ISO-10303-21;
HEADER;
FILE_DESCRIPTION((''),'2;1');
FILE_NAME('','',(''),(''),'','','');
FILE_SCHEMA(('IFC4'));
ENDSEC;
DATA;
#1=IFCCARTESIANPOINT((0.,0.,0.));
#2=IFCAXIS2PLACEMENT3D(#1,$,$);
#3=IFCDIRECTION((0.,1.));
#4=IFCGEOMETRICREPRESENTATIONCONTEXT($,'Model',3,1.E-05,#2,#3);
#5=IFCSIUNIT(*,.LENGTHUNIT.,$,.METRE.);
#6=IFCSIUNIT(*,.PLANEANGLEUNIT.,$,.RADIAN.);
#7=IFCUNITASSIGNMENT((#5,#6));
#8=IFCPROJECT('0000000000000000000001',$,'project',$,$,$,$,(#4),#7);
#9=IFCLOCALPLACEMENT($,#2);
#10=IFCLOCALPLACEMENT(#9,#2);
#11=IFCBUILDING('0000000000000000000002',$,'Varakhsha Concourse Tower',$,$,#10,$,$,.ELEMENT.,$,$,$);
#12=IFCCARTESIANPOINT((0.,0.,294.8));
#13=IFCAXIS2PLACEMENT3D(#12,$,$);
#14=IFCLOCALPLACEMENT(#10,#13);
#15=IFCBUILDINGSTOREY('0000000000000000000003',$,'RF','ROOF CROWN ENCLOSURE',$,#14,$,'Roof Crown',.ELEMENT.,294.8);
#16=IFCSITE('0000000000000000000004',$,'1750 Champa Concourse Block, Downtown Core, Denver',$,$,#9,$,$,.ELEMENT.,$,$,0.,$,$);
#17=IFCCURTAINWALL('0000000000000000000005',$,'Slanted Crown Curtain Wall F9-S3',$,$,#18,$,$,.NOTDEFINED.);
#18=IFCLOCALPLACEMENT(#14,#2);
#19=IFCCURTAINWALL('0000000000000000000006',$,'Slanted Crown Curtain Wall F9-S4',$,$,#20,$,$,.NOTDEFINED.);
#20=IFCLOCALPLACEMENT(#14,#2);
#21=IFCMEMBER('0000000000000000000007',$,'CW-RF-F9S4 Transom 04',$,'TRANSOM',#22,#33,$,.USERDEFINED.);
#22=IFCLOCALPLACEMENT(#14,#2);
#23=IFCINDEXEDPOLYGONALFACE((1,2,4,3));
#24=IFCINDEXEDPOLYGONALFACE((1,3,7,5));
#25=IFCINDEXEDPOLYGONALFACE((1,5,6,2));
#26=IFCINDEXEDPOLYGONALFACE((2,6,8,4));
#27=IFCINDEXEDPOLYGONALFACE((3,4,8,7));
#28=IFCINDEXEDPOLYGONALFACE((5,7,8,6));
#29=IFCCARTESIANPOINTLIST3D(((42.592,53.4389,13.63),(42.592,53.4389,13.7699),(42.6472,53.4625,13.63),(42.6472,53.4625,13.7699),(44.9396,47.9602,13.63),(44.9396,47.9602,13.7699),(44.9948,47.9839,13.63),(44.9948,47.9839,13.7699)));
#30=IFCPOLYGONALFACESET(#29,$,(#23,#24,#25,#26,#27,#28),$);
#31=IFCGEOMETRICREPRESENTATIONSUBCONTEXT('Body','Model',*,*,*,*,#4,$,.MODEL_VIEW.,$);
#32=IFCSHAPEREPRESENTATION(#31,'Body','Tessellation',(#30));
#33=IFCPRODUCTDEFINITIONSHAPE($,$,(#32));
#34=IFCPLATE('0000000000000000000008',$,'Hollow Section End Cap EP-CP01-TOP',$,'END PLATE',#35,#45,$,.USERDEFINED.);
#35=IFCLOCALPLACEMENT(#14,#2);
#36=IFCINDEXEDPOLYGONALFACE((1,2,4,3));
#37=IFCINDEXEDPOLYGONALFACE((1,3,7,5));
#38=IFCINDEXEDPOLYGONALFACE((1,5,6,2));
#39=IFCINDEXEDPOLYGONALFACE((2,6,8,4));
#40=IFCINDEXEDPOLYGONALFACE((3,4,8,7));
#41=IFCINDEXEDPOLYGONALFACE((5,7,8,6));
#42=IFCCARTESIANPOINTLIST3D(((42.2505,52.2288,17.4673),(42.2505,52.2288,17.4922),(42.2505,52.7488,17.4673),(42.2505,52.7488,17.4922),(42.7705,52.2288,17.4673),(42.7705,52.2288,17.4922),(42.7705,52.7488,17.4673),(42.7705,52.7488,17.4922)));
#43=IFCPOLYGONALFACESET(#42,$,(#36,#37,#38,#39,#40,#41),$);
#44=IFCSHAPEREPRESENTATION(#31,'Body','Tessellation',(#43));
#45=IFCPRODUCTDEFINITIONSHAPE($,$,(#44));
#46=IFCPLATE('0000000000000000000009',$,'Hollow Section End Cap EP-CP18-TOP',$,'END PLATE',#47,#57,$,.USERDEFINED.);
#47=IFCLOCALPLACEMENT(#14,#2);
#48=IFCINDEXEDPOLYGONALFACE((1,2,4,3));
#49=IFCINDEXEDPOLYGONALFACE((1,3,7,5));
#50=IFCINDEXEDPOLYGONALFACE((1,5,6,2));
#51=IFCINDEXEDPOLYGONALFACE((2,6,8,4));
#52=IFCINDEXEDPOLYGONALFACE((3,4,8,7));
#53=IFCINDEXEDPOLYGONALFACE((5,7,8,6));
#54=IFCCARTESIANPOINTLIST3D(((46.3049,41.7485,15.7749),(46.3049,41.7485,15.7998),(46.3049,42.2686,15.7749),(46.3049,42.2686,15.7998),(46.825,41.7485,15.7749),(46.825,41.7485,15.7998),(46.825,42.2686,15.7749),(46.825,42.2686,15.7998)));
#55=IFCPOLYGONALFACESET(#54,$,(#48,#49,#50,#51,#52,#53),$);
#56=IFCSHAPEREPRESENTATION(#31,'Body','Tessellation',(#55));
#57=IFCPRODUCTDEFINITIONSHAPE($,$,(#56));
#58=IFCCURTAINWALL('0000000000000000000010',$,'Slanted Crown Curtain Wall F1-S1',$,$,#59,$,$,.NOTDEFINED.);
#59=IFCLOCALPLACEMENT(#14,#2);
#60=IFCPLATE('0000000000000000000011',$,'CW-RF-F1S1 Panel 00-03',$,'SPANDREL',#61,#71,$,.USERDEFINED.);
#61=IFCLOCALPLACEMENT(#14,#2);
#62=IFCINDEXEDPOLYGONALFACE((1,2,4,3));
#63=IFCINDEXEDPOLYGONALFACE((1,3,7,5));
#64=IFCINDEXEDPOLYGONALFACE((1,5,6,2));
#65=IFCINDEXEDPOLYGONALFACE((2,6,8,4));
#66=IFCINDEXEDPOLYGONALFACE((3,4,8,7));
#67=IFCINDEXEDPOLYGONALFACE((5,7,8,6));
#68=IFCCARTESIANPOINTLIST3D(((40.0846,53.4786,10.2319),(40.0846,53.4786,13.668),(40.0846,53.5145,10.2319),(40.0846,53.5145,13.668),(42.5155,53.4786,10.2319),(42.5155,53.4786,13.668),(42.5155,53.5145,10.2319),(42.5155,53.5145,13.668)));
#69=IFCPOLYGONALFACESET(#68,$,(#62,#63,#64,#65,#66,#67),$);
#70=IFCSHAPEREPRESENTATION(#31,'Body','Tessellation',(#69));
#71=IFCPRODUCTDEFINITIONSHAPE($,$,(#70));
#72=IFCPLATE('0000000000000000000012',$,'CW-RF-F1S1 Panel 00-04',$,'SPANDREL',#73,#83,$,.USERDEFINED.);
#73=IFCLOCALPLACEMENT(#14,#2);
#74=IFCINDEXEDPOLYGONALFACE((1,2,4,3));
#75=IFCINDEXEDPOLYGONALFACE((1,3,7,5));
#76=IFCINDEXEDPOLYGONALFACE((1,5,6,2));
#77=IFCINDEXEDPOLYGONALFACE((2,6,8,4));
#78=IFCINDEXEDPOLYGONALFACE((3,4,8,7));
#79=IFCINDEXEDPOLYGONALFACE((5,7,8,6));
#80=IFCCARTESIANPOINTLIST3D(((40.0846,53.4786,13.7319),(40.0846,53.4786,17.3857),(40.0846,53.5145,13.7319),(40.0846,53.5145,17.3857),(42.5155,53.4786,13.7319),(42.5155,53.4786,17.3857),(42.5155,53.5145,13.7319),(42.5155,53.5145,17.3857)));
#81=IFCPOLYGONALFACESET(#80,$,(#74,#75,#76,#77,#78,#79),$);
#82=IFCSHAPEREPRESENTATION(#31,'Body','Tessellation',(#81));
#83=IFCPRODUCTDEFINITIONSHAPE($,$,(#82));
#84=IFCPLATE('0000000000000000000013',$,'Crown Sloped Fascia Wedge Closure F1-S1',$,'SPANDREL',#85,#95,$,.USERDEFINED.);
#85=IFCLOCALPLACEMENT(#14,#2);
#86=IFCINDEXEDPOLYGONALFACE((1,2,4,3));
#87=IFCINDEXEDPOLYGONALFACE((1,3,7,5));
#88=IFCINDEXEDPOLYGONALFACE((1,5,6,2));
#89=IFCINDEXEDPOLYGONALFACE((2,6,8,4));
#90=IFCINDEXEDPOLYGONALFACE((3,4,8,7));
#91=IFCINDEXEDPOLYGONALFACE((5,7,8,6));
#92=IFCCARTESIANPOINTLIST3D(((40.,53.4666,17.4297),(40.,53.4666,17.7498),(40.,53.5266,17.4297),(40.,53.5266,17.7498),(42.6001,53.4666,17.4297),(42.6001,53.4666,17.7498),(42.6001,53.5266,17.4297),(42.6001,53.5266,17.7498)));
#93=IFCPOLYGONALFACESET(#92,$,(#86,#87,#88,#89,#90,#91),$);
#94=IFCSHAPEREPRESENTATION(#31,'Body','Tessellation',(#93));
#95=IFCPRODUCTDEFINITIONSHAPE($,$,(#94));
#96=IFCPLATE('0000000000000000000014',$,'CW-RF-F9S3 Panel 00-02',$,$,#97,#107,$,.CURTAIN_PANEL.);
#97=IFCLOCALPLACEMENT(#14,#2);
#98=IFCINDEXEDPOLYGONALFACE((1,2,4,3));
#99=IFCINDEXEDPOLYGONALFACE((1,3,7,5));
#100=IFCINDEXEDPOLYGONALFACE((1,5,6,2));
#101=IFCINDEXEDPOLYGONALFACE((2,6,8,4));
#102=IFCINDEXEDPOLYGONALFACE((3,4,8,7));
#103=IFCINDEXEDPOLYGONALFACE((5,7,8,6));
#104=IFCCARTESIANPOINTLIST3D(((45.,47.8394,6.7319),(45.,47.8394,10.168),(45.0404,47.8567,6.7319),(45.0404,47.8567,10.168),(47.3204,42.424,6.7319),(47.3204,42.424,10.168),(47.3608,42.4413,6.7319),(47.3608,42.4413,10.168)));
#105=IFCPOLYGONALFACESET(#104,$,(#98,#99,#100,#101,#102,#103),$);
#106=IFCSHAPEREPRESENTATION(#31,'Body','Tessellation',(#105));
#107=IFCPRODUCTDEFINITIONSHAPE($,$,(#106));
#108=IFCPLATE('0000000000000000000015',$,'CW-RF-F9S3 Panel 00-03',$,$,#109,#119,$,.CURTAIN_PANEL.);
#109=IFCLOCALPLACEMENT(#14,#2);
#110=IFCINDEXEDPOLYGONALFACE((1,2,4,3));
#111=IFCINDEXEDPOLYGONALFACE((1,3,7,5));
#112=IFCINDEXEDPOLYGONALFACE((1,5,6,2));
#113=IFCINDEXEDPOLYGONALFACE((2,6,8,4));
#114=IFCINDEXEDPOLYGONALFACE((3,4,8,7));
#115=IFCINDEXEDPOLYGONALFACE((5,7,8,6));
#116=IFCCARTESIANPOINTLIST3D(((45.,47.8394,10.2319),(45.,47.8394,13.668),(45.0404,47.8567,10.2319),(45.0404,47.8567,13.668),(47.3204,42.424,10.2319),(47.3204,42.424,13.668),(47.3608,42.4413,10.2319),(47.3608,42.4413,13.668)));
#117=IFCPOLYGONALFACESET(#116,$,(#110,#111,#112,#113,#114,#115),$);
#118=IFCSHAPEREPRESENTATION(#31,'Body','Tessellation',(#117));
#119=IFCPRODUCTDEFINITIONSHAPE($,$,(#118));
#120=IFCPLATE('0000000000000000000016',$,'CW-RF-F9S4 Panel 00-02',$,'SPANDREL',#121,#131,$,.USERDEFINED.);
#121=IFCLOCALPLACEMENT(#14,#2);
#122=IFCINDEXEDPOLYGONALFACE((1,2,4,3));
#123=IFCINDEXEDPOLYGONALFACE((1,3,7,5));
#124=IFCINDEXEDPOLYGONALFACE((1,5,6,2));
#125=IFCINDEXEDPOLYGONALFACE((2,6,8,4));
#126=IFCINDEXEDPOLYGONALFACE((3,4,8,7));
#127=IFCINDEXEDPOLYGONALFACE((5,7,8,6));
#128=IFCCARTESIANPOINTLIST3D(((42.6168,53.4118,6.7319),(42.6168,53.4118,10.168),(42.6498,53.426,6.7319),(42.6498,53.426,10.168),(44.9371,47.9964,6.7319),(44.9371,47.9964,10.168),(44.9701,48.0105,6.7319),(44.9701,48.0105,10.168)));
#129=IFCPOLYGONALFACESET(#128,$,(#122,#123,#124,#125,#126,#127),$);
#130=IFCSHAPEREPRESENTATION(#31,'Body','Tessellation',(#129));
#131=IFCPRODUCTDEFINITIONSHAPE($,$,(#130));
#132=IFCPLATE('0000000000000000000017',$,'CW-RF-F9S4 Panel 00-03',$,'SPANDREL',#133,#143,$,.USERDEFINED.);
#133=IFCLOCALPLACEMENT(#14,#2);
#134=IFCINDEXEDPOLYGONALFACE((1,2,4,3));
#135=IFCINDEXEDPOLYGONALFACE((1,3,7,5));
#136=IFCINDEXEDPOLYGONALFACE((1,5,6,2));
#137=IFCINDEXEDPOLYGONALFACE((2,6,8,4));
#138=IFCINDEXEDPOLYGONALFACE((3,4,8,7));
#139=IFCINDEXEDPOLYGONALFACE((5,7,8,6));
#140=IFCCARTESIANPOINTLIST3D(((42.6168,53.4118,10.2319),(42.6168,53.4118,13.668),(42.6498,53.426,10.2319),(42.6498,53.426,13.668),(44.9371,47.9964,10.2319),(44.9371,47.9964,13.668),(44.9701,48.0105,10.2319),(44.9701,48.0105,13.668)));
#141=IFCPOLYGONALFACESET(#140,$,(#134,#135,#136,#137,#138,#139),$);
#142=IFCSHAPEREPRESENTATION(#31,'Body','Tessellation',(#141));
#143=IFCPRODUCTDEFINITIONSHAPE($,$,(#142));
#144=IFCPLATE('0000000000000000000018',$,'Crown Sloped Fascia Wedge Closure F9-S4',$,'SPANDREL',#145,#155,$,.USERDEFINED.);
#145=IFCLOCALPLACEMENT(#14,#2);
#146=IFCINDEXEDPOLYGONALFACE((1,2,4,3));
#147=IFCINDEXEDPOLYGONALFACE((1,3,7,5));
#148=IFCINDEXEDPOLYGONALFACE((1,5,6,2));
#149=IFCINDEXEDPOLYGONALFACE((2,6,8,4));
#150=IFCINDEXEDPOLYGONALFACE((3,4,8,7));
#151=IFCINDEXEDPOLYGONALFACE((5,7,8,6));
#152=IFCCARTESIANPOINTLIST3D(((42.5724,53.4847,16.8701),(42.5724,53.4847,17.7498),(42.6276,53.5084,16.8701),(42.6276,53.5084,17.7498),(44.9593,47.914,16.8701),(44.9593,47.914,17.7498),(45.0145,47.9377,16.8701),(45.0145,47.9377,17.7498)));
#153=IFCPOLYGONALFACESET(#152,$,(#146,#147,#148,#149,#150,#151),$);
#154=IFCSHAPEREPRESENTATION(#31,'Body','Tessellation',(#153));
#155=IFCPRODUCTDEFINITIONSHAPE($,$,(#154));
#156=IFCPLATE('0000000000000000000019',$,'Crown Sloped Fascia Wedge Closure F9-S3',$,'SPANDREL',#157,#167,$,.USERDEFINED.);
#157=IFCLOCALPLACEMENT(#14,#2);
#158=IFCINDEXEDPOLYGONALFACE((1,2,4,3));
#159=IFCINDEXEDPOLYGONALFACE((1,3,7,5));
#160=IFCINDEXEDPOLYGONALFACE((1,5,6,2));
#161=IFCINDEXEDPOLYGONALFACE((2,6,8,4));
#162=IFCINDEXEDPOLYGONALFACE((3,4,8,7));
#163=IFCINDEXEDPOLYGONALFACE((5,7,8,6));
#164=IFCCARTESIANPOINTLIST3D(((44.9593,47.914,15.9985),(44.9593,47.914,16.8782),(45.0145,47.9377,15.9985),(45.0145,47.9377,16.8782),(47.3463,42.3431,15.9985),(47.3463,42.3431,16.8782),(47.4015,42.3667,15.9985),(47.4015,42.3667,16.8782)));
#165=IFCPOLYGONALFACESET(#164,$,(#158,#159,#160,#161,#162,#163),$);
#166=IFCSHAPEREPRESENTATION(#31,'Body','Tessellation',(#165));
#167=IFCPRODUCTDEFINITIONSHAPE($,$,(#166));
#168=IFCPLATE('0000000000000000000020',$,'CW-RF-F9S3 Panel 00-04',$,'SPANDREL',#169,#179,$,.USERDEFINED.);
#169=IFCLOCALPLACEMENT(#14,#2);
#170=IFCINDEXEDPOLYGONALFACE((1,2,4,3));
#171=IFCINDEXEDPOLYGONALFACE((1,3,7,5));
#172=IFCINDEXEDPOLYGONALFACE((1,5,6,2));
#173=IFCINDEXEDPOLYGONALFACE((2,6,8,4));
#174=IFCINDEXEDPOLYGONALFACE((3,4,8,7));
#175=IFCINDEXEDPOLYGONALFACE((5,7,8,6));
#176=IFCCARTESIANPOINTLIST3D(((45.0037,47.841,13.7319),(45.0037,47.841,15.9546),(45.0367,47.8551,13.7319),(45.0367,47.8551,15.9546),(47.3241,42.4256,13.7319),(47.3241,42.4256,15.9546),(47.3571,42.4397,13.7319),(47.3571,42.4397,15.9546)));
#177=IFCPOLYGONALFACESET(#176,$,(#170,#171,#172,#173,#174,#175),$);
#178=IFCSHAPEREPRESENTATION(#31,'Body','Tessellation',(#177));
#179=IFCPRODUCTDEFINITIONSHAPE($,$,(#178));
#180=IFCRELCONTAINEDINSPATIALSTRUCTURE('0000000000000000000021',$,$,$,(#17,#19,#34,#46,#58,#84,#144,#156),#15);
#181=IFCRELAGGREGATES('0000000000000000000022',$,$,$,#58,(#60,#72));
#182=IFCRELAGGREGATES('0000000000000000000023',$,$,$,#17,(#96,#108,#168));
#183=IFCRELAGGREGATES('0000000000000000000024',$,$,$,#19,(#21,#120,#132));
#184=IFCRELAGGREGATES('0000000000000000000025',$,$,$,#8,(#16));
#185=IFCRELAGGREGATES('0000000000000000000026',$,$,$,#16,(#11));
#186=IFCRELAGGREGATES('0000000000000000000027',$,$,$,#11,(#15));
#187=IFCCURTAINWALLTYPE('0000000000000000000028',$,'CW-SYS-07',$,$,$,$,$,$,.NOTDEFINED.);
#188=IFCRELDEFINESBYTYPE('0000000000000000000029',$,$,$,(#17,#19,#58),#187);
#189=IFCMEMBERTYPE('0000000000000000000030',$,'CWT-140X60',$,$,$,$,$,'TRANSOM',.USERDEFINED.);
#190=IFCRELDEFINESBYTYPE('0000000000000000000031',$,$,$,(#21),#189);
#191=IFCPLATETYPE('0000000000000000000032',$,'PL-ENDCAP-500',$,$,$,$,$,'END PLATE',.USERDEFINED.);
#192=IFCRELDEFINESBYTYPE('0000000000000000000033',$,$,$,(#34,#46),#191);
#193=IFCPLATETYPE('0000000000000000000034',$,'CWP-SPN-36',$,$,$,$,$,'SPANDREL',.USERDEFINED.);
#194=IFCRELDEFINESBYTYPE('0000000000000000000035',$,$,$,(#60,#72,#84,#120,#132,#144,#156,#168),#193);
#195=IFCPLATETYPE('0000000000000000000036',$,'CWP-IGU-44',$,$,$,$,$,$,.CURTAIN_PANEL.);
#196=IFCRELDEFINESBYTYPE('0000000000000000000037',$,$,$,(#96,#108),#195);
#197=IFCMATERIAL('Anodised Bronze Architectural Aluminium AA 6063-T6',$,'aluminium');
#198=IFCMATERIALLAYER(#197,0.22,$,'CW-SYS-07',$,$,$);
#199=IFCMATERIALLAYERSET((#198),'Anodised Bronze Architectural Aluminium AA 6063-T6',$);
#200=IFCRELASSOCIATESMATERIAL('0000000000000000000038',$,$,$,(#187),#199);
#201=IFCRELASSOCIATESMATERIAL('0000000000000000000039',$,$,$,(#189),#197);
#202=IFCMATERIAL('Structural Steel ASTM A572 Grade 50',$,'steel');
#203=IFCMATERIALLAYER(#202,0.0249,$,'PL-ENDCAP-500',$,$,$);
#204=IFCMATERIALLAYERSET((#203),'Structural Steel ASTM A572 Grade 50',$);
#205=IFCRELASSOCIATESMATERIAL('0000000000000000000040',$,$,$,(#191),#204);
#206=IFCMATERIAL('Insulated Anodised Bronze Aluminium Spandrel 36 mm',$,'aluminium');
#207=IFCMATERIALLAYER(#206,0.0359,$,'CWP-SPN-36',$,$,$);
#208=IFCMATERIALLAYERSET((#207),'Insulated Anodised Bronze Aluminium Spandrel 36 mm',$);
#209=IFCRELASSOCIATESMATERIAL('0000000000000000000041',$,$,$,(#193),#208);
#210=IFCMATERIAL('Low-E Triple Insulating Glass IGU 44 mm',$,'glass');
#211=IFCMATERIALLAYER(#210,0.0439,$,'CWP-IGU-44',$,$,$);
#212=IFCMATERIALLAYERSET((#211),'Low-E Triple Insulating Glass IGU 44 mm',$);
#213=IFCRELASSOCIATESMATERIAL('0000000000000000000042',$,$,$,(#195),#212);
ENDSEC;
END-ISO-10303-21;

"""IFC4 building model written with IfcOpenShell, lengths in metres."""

from ifc_helpers import new_model, si_unit, direction, frame, origin, origin_2d, place, context, subcontext, project, spatial, rectangle, extrude, source, transform, mapped, material, layer, layer_set, material_profile, profile_set, type_object, type_shapes, element, aggregate, save


model = new_model("IFC4")

# Units and contexts
model_context = context("Model", 3, precision=1e-05, world=origin(), true_north=direction((0.0, 1.0)))
body_context = subcontext(model_context, "Body", "Model", "MODEL_VIEW")
ifc_project = project(units=[si_unit("LENGTHUNIT", "METRE"), si_unit("PLANEANGLEUNIT", "RADIAN")], contexts=[model_context])

# Site, building, storey
site_placement = place(None, origin())
site = spatial("IfcSite", under=ifc_project, at=site_placement, Name="1750 Champa Concourse Block, Downtown Core, Denver", CompositionType="ELEMENT", RefElevation=0.0)
building_placement = place(site_placement, origin())
building = spatial("IfcBuilding", under=site, at=building_placement, Name="Varakhsha Concourse Tower", CompositionType="ELEMENT")
storey_placement = place(building_placement, frame((0.0, 0.0, 294.8)))
storey = spatial("IfcBuildingStorey", under=building, at=storey_placement, Name="RF", Description="ROOF CROWN ENCLOSURE", LongName="Roof Crown", CompositionType="ELEMENT", Elevation=294.8)

# Curtain walls, member
ifc_material_1 = material(Name="Anodised Bronze Architectural Aluminium AA 6063-T6", Category="aluminium")
ifc_layer_1 = layer(ifc_material_1, 0.22, Name="CW-SYS-07")
ifc_layer_set_1 = layer_set([ifc_layer_1], Name="Anodised Bronze Architectural Aluminium AA 6063-T6")
curtain_wall_type = type_object("IfcCurtainWallType", Name="CW-SYS-07", PredefinedType="NOTDEFINED", material=ifc_layer_set_1)
ifc_material_profile_1 = material_profile(ifc_material_1, rectangle(XDim=0.0601, YDim=0.1399, at=origin_2d()), Name="CWT-140X60")
ifc_profile_set_1 = profile_set([ifc_material_profile_1], Name="Anodised Bronze Architectural Aluminium AA 6063-T6")
member_type_1 = type_object("IfcMemberType", Name="CWT-140X60", ElementType="TRANSOM", PredefinedType="USERDEFINED", material=ifc_profile_set_1)
shared_shape_1 = source(origin(), body_context, "Body", "SweptSolid", [
    extrude(rectangle(XDim=0.0601, YDim=0.1399, at=origin_2d()), origin(), (0.0, 0.0, 1.0), 5.9604),
])
type_shapes(member_type_1, [shared_shape_1])
curtain_wall_1_placement = place(storey_placement, origin())
curtain_wall_1 = element("IfcCurtainWall", 1, at=curtain_wall_1_placement, inside=storey, type_object=curtain_wall_type, Name="Slanted Crown Curtain Wall F9-S3", PredefinedType="NOTDEFINED")
curtain_wall_2_placement = place(storey_placement, origin())
curtain_wall_2 = element("IfcCurtainWall", 2, at=curtain_wall_2_placement, inside=storey, type_object=curtain_wall_type, Name="Slanted Crown Curtain Wall F9-S4", PredefinedType="NOTDEFINED")
member_1_placement = place(storey_placement, frame((42.6196, 53.4507, 13.7), z_axis=(0.393865, -0.919168, 0.0), x_axis=(0.919168, 0.393865, 0.0)))
member_1 = element("IfcMember", 3, at=member_1_placement, type_object=member_type_1, Name="CW-RF-F9S4 Transom 04", ObjectType="TRANSOM", PredefinedType="USERDEFINED", context=body_context, shape_type="MappedRepresentation", body=[
    mapped(shared_shape_1, transform((0.0, 0.0, 0.0), scale=1.0)),
])

# Plates
ifc_material_2 = material(Name="Structural Steel ASTM A572 Grade 50", Category="steel")
ifc_layer_2 = layer(ifc_material_2, 0.0249, Name="PL-ENDCAP-500")
ifc_layer_set_2 = layer_set([ifc_layer_2], Name="Structural Steel ASTM A572 Grade 50")
plate_type_1 = type_object("IfcPlateType", Name="PL-ENDCAP-500", ElementType="END PLATE", PredefinedType="USERDEFINED", material=ifc_layer_set_2)
shared_shape_2 = source(origin(), body_context, "Body", "SweptSolid", [
    extrude(rectangle(XDim=0.52, YDim=0.52, at=origin_2d()), origin(), (0.0, 0.0, 1.0), 0.0249),
])
type_shapes(plate_type_1, [shared_shape_2])
for number, where, z_axis, x_axis, name in (
    (4, (42.5105, 52.4888, 17.4673), (0.0, 0.0, 1.0), (1.0, 0.0, 0.0), "Hollow Section End Cap EP-CP01-TOP"),
    (5, (46.5649, 42.0085, 15.7749), (0.0, 0.0, 1.0), (1.0, 0.0, 0.0), "Hollow Section End Cap EP-CP18-TOP"),
):
    element("IfcPlate", number, at=place(storey_placement, frame(where, z_axis=z_axis, x_axis=x_axis)), inside=storey, type_object=plate_type_1, Name=name, ObjectType="END PLATE", PredefinedType="USERDEFINED", context=body_context, shape_type="MappedRepresentation", body=[
        mapped(shared_shape_2, transform((0.0, 0.0, 0.0), scale=1.0)),
    ])

# Curtain wall, plates
curtain_wall_3_placement = place(storey_placement, origin())
curtain_wall_3 = element("IfcCurtainWall", 6, at=curtain_wall_3_placement, inside=storey, type_object=curtain_wall_type, Name="Slanted Crown Curtain Wall F1-S1", PredefinedType="NOTDEFINED")
ifc_material_3 = material(Name="Insulated Anodised Bronze Aluminium Spandrel 36 mm", Category="aluminium")
ifc_layer_3 = layer(ifc_material_3, 0.0359, Name="CWP-SPN-36")
ifc_layer_set_3 = layer_set([ifc_layer_3], Name="Insulated Anodised Bronze Aluminium Spandrel 36 mm")
plate_type_2 = type_object("IfcPlateType", Name="CWP-SPN-36", ElementType="SPANDREL", PredefinedType="USERDEFINED", material=ifc_layer_set_3)
shared_shape_3 = source(origin(), body_context, "Body", "SweptSolid", [
    extrude(rectangle(XDim=2.4309, YDim=0.0359, at=origin_2d()), origin(), (0.0, 0.0, 1.0), 3.436),
])
plate_1_placement = place(storey_placement, frame((41.3, 53.4966, 10.2319), z_axis=(0.0, 0.0, 1.0), x_axis=(1.0, 0.0, 0.0)))
plate_1 = element("IfcPlate", 7, at=plate_1_placement, type_object=plate_type_2, Name="CW-RF-F1S1 Panel 00-03", ObjectType="SPANDREL", PredefinedType="USERDEFINED", context=body_context, shape_type="MappedRepresentation", body=[
    mapped(shared_shape_3, transform((0.0, 0.0, 0.0), scale=1.0)),
])
shared_shape_4 = source(origin(), body_context, "Body", "SweptSolid", [
    extrude(rectangle(XDim=2.4309, YDim=0.0359, at=origin_2d()), origin(), (0.0, 0.0, 1.0), 3.6538),
])
plate_2_placement = place(storey_placement, frame((41.3, 53.4966, 13.7319), z_axis=(0.0, 0.0, 1.0), x_axis=(1.0, 0.0, 0.0)))
plate_2 = element("IfcPlate", 8, at=plate_2_placement, type_object=plate_type_2, Name="CW-RF-F1S1 Panel 00-04", ObjectType="SPANDREL", PredefinedType="USERDEFINED", context=body_context, shape_type="MappedRepresentation", body=[
    mapped(shared_shape_4, transform((0.0, 0.0, 0.0), scale=1.0)),
])
aggregate(curtain_wall_3, [plate_1, plate_2])

# Plates
shared_shape_5 = source(origin(), body_context, "Body", "SweptSolid", [
    extrude(rectangle(XDim=2.6001, YDim=0.0601, at=origin_2d()), origin(), (0.0, 0.0, 1.0), 0.3201),
])
plate_3_placement = place(storey_placement, frame((41.3, 53.4966, 17.4297), z_axis=(0.0, 0.0, 1.0), x_axis=(1.0, 0.0, 0.0)))
element("IfcPlate", 9, at=plate_3_placement, inside=storey, type_object=plate_type_2, Name="Crown Sloped Fascia Wedge Closure F1-S1", ObjectType="SPANDREL", PredefinedType="USERDEFINED", context=body_context, shape_type="MappedRepresentation", body=[
    mapped(shared_shape_5, transform((0.0, 0.0, 0.0), scale=1.0)),
])
ifc_material_4 = material(Name="Low-E Triple Insulating Glass IGU 44 mm", Category="glass")
ifc_layer_4 = layer(ifc_material_4, 0.0439, Name="CWP-IGU-44")
ifc_layer_set_4 = layer_set([ifc_layer_4], Name="Low-E Triple Insulating Glass IGU 44 mm")
plate_type_3 = type_object("IfcPlateType", Name="CWP-IGU-44", PredefinedType="CURTAIN_PANEL", material=ifc_layer_set_4)
shared_shape_6 = source(origin(), body_context, "Body", "SweptSolid", [
    extrude(rectangle(XDim=5.8916, YDim=0.0439, at=origin_2d()), origin(), (0.0, 0.0, 1.0), 3.436),
])
type_shapes(plate_type_3, [shared_shape_6])
plate_4_placement = place(storey_placement, frame((46.1804, 45.1404, 6.7319), z_axis=(0.0, 0.0, 1.0), x_axis=(0.393855, -0.919172, 0.0)))
plate_4 = element("IfcPlate", 10, at=plate_4_placement, type_object=plate_type_3, Name="CW-RF-F9S3 Panel 00-02", PredefinedType="CURTAIN_PANEL", context=body_context, shape_type="MappedRepresentation", body=[
    mapped(shared_shape_6, transform((0.0, 0.0, 0.0), scale=1.0)),
])
plate_5_placement = place(storey_placement, frame((46.1804, 45.1404, 10.2319), z_axis=(0.0, 0.0, 1.0), x_axis=(0.393855, -0.919172, 0.0)))
plate_5 = element("IfcPlate", 11, at=plate_5_placement, type_object=plate_type_3, Name="CW-RF-F9S3 Panel 00-03", PredefinedType="CURTAIN_PANEL", context=body_context, shape_type="MappedRepresentation", body=[
    mapped(shared_shape_6, transform((0.0, 0.0, 0.0), scale=1.0)),
])
shared_shape_7 = source(origin(), body_context, "Body", "SweptSolid", [
    extrude(rectangle(XDim=5.8916, YDim=0.0359, at=origin_2d()), origin(), (0.0, 0.0, 1.0), 3.436),
])
plate_6_placement = place(storey_placement, frame((43.7935, 50.7112, 6.7319), z_axis=(0.0, 0.0, 1.0), x_axis=(0.393841, -0.919179, 0.0)))
plate_6 = element("IfcPlate", 12, at=plate_6_placement, type_object=plate_type_2, Name="CW-RF-F9S4 Panel 00-02", ObjectType="SPANDREL", PredefinedType="USERDEFINED", context=body_context, shape_type="MappedRepresentation", body=[
    mapped(shared_shape_7, transform((0.0, 0.0, 0.0), scale=1.0)),
])
plate_7_placement = place(storey_placement, frame((43.7935, 50.7112, 10.2319), z_axis=(0.0, 0.0, 1.0), x_axis=(0.393841, -0.919179, 0.0)))
plate_7 = element("IfcPlate", 13, at=plate_7_placement, type_object=plate_type_2, Name="CW-RF-F9S4 Panel 00-03", ObjectType="SPANDREL", PredefinedType="USERDEFINED", context=body_context, shape_type="MappedRepresentation", body=[
    mapped(shared_shape_7, transform((0.0, 0.0, 0.0), scale=1.0)),
])

# Plates
shared_shape_8 = source(origin(), body_context, "Body", "SweptSolid", [
    extrude(rectangle(XDim=6.0605, YDim=0.0601, at=origin_2d()), origin(), (0.0, 0.0, 1.0), 0.8796),
])
plate_8_placement = place(storey_placement, frame((43.7935, 50.7112, 16.8701), z_axis=(0.0, 0.0, 1.0), x_axis=(0.393846, -0.919177, 0.0)))
element("IfcPlate", 14, at=plate_8_placement, inside=storey, type_object=plate_type_2, Name="Crown Sloped Fascia Wedge Closure F9-S4", ObjectType="SPANDREL", PredefinedType="USERDEFINED", context=body_context, shape_type="MappedRepresentation", body=[
    mapped(shared_shape_8, transform((0.0, 0.0, 0.0), scale=1.0)),
])
shared_shape_9 = source(origin(), body_context, "Body", "SweptSolid", [
    extrude(rectangle(XDim=6.0608, YDim=0.0601, at=origin_2d()), origin(), (0.0, 0.0, 1.0), 0.8796),
])
plate_9_placement = place(storey_placement, frame((46.1804, 45.1404, 15.9985), z_axis=(0.0, 0.0, 1.0), x_axis=(0.393846, -0.919177, 0.0)))
element("IfcPlate", 15, at=plate_9_placement, inside=storey, type_object=plate_type_2, Name="Crown Sloped Fascia Wedge Closure F9-S3", ObjectType="SPANDREL", PredefinedType="USERDEFINED", context=body_context, shape_type="MappedRepresentation", body=[
    mapped(shared_shape_9, transform((0.0, 0.0, 0.0), scale=1.0)),
])

# Plate
shared_shape_10 = source(origin(), body_context, "Body", "SweptSolid", [
    extrude(rectangle(XDim=5.8916, YDim=0.0359, at=origin_2d()), origin(), (0.0, 0.0, 1.0), 2.2227),
])
plate_10_placement = place(storey_placement, frame((46.1804, 45.1404, 13.7319), z_axis=(0.0, 0.0, 1.0), x_axis=(0.393855, -0.919172, 0.0)))
plate_10 = element("IfcPlate", 16, at=plate_10_placement, type_object=plate_type_2, Name="CW-RF-F9S3 Panel 00-04", ObjectType="SPANDREL", PredefinedType="USERDEFINED", context=body_context, shape_type="MappedRepresentation", body=[
    mapped(shared_shape_10, transform((0.0, 0.0, 0.0), scale=1.0)),
])
aggregate(curtain_wall_1, [plate_4, plate_5, plate_10])
aggregate(curtain_wall_2, [member_1, plate_6, plate_7])

save(model, "model.ifc")
